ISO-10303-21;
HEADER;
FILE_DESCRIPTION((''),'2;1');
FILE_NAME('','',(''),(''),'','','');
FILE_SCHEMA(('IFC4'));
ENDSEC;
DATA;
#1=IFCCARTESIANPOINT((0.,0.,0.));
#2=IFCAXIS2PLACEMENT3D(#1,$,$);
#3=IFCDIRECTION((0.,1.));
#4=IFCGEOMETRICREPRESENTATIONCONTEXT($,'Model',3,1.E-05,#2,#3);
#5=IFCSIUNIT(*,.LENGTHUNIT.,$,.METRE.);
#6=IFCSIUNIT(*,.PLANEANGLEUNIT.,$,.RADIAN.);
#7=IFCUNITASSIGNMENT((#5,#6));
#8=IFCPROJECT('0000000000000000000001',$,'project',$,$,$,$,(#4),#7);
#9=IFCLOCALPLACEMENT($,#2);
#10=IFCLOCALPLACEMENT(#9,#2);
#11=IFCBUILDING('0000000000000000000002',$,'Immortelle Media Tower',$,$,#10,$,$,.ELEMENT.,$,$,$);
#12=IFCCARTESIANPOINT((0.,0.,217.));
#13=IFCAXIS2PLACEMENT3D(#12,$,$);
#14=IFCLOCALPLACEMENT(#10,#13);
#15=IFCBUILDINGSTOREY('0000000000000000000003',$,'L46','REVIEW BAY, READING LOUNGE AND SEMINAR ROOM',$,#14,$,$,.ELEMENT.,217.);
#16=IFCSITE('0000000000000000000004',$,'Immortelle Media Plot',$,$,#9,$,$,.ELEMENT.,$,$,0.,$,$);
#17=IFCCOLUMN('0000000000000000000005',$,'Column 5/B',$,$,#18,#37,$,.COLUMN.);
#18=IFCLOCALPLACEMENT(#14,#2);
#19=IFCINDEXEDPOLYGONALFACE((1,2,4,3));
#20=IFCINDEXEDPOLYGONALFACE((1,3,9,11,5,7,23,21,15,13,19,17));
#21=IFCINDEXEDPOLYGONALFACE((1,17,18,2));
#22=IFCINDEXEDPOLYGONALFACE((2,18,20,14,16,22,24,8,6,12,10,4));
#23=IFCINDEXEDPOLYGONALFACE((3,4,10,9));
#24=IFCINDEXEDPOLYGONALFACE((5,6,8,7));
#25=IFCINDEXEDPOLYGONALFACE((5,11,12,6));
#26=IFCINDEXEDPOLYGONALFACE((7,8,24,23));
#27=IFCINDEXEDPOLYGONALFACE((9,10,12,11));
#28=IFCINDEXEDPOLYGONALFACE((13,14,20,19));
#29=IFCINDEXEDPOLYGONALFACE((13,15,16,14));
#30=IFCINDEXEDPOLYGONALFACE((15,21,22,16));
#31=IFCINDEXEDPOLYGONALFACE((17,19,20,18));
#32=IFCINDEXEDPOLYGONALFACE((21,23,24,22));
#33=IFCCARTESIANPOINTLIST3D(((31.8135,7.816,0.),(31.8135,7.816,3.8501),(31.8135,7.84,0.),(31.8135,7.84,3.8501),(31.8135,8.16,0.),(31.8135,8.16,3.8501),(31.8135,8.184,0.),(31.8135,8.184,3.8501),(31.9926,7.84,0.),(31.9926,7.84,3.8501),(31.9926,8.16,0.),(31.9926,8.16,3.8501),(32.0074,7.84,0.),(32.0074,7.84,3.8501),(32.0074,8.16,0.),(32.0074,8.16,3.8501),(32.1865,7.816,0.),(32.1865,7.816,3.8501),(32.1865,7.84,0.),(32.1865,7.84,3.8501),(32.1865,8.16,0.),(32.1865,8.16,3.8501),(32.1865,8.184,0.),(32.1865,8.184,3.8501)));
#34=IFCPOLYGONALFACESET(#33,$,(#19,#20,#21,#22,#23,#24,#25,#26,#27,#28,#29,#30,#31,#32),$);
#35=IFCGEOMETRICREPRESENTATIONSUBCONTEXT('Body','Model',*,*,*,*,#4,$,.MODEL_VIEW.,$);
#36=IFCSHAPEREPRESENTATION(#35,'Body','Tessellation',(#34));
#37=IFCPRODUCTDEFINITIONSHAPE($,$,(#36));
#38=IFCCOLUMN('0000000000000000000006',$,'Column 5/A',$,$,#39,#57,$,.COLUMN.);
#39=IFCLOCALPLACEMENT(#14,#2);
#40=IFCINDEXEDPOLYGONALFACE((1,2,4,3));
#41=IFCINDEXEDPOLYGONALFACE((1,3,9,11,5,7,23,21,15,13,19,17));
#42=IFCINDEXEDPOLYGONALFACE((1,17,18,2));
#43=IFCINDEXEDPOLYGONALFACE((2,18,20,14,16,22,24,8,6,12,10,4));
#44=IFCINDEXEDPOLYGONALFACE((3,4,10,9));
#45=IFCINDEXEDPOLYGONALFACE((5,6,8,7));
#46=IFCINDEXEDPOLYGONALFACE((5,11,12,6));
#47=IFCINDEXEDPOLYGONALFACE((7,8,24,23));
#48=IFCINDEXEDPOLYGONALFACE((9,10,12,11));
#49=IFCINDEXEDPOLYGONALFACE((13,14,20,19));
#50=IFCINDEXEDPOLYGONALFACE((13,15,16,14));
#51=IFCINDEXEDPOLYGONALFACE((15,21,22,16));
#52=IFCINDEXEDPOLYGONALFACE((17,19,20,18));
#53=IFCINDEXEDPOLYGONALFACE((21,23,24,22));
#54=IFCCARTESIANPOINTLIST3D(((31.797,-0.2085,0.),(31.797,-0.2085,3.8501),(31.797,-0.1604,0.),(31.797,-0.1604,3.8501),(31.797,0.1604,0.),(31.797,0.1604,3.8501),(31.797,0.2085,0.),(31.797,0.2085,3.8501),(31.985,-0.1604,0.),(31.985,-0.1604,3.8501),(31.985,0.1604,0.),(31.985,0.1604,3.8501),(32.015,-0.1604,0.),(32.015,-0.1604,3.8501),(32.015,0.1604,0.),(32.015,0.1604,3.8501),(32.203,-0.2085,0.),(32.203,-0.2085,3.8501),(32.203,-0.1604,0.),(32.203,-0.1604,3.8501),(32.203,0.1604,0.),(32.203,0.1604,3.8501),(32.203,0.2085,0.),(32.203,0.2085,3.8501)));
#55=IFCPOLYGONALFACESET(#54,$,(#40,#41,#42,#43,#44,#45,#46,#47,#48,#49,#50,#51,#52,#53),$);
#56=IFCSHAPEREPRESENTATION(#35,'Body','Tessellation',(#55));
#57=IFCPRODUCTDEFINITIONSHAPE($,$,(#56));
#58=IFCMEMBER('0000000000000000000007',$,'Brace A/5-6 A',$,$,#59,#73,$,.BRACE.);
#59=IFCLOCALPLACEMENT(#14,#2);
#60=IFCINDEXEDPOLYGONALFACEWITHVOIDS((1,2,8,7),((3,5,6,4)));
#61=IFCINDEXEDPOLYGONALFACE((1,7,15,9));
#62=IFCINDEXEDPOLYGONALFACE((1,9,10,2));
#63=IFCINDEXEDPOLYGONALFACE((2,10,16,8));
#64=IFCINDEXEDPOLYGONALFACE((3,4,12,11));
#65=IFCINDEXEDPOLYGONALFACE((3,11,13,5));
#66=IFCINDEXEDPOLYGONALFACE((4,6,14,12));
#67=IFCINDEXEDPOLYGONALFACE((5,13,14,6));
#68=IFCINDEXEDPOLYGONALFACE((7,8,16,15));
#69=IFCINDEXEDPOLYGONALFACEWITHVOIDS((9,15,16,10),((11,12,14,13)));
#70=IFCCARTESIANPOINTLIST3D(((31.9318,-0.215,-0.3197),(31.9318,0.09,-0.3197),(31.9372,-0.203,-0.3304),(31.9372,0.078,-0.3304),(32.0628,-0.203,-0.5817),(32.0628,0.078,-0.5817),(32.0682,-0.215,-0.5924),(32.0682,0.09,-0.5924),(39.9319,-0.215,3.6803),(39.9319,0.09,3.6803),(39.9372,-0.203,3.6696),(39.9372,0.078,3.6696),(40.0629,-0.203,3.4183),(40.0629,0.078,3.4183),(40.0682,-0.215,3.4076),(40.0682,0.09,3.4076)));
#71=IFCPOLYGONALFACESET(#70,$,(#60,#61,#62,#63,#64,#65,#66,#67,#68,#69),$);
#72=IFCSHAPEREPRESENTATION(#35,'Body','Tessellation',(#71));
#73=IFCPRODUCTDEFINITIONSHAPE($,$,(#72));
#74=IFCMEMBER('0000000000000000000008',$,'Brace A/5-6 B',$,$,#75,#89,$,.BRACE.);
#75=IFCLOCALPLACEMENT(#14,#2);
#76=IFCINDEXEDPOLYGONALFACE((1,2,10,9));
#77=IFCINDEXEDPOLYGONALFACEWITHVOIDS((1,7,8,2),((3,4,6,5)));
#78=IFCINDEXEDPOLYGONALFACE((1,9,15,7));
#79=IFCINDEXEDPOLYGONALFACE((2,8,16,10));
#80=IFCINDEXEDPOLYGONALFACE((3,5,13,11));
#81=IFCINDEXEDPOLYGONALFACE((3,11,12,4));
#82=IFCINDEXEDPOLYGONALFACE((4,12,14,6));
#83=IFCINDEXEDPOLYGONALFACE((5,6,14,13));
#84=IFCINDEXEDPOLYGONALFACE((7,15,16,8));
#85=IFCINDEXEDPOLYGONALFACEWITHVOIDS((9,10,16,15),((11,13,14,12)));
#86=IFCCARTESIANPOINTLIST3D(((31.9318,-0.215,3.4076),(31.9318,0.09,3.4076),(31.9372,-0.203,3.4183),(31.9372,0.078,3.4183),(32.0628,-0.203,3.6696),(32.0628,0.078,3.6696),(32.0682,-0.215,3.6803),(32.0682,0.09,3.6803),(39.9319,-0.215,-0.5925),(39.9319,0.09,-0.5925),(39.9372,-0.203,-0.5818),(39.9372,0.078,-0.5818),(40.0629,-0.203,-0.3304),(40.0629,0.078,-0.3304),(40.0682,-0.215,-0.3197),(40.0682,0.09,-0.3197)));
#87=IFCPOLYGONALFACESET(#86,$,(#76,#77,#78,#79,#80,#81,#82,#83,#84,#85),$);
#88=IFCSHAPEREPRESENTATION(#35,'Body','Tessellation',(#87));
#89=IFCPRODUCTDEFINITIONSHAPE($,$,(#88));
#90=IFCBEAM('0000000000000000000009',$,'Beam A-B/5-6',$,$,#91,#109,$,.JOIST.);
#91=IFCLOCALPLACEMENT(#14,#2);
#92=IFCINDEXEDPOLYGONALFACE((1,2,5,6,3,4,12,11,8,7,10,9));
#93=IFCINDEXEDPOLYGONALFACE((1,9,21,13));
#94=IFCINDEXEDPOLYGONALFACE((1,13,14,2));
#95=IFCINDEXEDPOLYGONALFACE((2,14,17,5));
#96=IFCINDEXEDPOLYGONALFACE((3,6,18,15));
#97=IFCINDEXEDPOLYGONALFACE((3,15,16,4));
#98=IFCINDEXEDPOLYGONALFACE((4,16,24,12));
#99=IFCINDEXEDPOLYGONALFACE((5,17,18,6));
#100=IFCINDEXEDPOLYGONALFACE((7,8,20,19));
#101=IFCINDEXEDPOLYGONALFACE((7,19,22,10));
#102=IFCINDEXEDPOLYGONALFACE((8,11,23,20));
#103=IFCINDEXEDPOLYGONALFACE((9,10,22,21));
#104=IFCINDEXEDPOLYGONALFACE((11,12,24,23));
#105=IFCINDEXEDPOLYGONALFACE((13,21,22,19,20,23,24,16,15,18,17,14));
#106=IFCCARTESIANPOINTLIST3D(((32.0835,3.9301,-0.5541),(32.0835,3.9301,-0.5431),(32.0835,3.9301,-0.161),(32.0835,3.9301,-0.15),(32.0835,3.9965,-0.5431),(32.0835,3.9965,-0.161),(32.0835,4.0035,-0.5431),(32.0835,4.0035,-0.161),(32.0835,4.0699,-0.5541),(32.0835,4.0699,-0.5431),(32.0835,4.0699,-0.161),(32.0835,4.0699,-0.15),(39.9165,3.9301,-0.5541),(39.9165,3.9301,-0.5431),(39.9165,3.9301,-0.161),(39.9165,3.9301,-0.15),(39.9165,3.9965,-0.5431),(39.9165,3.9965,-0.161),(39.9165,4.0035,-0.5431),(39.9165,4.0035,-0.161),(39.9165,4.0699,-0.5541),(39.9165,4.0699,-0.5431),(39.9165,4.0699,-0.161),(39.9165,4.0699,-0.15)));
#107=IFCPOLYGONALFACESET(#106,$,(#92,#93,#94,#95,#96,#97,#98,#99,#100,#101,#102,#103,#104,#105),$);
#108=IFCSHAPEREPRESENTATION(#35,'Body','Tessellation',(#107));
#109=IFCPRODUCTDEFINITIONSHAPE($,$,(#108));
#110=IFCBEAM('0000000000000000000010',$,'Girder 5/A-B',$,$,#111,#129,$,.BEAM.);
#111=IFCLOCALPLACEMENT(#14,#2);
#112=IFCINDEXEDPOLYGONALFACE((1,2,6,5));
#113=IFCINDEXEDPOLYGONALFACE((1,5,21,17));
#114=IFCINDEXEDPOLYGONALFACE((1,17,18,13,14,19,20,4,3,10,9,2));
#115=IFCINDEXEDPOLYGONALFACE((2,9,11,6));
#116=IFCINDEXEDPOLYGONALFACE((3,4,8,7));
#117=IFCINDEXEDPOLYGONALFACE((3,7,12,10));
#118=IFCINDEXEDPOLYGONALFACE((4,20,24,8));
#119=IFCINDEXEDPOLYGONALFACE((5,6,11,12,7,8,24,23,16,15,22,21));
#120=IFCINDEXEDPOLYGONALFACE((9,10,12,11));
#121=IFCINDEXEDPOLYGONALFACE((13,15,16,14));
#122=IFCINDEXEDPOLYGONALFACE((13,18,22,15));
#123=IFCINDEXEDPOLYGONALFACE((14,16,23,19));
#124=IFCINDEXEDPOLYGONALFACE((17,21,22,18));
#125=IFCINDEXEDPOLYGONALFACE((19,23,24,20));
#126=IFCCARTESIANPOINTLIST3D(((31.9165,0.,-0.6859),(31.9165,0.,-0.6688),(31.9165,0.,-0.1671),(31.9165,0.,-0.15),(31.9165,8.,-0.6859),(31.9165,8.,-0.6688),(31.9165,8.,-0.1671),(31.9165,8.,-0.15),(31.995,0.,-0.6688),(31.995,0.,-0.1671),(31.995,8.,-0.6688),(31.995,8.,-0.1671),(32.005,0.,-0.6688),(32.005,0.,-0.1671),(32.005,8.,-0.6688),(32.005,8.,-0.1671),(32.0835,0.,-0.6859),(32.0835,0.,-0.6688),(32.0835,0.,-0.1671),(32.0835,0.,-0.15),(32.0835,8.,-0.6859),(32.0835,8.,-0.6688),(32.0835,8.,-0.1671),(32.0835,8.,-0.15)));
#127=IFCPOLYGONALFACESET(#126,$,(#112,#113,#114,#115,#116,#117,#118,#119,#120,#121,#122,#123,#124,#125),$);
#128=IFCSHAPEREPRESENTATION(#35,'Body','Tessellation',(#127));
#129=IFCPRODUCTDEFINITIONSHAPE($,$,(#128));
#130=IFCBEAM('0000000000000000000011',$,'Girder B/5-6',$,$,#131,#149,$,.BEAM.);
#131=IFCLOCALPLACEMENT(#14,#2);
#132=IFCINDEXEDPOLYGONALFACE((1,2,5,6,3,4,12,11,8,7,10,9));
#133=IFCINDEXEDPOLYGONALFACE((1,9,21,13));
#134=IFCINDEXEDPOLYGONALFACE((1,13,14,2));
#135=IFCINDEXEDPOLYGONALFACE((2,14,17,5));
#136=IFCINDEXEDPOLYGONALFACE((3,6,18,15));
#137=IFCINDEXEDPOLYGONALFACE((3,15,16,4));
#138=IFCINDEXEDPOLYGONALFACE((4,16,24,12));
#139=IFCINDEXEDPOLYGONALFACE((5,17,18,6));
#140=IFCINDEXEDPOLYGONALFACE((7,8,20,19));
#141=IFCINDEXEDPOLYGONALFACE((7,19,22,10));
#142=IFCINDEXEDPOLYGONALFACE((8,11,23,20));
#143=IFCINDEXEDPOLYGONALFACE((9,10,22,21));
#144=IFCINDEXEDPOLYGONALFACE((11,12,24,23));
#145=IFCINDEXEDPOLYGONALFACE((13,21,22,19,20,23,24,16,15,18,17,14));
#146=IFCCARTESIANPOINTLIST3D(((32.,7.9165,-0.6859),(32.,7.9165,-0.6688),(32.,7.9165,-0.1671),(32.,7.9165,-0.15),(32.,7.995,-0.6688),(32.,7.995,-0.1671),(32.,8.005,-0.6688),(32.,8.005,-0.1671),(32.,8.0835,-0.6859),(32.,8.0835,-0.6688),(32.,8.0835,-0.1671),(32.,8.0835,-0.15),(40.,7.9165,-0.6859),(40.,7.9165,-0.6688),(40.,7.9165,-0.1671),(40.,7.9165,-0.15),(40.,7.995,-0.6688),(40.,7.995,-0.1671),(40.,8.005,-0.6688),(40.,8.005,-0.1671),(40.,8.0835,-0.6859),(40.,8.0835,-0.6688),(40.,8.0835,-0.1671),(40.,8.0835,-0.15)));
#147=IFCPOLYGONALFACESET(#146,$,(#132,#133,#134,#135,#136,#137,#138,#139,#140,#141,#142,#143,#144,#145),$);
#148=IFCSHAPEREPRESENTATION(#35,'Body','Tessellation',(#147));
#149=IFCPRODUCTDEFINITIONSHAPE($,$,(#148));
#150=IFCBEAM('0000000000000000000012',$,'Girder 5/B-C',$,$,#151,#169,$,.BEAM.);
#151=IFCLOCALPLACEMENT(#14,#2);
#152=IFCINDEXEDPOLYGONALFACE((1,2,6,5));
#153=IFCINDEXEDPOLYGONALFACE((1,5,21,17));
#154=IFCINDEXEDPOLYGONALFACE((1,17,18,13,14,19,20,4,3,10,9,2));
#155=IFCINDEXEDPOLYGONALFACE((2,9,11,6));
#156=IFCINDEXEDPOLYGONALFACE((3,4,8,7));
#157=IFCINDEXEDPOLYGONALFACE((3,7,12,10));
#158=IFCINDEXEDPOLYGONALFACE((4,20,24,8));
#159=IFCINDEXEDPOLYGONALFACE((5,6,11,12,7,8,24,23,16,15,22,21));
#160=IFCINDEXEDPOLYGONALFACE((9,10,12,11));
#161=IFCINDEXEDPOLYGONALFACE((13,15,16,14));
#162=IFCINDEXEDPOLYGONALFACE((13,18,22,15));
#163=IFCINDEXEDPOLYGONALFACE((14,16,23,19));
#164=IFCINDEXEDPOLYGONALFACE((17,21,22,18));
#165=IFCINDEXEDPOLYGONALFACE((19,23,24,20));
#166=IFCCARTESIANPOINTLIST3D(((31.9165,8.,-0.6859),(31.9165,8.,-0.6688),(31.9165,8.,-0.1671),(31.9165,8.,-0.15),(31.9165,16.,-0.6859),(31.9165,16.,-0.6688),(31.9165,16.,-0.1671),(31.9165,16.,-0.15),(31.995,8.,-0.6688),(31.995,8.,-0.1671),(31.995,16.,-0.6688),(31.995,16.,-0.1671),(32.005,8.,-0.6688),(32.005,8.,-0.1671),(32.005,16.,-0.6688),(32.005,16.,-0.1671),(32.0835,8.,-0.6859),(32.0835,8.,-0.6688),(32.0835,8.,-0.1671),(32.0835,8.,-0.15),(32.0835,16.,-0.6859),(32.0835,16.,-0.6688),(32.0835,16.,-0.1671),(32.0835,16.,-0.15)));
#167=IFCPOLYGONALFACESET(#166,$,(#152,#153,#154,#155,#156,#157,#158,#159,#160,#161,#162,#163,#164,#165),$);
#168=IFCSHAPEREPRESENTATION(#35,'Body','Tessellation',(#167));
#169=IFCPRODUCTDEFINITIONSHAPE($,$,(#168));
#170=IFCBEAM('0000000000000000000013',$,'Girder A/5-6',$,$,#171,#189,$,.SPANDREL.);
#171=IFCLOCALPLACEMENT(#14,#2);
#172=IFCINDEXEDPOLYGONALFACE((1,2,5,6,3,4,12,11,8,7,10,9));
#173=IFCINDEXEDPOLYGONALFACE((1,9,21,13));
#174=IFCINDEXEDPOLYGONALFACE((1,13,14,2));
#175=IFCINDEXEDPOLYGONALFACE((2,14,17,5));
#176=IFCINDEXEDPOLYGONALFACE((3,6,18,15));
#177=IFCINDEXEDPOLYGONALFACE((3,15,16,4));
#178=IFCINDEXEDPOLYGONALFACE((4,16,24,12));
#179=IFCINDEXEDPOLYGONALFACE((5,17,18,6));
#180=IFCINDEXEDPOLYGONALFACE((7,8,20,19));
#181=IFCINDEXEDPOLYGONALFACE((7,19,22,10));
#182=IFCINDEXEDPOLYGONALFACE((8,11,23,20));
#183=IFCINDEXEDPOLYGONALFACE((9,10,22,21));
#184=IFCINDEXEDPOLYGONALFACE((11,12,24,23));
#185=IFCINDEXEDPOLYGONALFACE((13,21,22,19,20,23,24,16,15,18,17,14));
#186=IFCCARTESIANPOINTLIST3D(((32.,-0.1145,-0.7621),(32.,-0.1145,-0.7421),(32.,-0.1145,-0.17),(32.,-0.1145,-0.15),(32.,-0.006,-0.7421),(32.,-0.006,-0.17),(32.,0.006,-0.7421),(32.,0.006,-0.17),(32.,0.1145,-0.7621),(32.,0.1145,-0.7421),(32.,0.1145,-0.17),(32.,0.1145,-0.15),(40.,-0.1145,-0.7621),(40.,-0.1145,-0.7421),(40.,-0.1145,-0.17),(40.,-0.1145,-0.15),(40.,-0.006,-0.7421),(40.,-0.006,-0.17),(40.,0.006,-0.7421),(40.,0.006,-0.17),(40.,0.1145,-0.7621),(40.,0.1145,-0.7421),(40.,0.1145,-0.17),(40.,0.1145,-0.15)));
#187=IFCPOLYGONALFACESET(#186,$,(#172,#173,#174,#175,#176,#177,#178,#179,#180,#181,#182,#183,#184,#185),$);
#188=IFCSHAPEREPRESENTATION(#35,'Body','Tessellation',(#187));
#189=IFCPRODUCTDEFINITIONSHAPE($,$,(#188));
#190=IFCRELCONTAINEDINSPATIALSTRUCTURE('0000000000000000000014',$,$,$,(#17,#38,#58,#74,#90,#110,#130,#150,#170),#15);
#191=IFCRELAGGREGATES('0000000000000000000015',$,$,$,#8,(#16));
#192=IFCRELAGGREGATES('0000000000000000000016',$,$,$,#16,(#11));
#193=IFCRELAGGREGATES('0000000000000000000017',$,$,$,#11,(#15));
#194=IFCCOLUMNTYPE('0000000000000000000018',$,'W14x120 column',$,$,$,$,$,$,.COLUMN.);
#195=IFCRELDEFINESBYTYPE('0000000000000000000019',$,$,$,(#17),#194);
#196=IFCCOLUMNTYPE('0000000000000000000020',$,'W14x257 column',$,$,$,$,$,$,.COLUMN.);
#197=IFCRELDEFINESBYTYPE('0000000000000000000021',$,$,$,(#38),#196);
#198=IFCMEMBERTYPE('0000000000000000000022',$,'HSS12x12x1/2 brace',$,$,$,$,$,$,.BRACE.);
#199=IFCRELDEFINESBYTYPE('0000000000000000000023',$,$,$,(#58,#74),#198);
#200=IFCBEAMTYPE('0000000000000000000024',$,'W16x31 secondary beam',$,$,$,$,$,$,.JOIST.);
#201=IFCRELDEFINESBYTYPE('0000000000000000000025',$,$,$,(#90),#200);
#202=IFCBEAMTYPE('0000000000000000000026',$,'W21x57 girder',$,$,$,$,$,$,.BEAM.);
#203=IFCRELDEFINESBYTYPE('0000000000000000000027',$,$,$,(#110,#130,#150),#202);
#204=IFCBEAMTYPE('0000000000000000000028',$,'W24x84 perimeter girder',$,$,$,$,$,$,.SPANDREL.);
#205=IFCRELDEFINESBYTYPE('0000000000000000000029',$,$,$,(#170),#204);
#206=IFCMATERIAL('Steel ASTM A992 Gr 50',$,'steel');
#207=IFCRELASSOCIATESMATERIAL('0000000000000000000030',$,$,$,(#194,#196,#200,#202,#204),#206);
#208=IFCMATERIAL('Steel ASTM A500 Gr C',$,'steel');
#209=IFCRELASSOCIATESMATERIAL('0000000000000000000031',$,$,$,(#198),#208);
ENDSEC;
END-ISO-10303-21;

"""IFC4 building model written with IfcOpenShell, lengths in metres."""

from ifc_helpers import new_model, si_unit, direction, frame, origin, origin_2d, place, context, subcontext, project, spatial, hollow_rectangle, i_section, extrude, material, material_profile, profile_set, type_object, element, save


model = new_model("IFC4")

# Units and contexts
model_context = context("Model", 3, precision=1e-05, world=origin(), true_north=direction((0.0, 1.0)))
body_context = subcontext(model_context, "Body", "Model", "MODEL_VIEW")
ifc_project = project(units=[si_unit("LENGTHUNIT", "METRE"), si_unit("PLANEANGLEUNIT", "RADIAN")], contexts=[model_context])

# Site, building, storey
site_placement = place(None, origin())
site = spatial("IfcSite", under=ifc_project, at=site_placement, Name="Immortelle Media Plot", CompositionType="ELEMENT", RefElevation=0.0)
building_placement = place(site_placement, origin())
building = spatial("IfcBuilding", under=site, at=building_placement, Name="Immortelle Media Tower", CompositionType="ELEMENT")
storey_placement = place(building_placement, frame((0.0, 0.0, 217.0)))
storey = spatial("IfcBuildingStorey", under=building, at=storey_placement, Name="L46", Description="REVIEW BAY, READING LOUNGE AND SEMINAR ROOM", CompositionType="ELEMENT", Elevation=217.0)

# Columns
ifc_material_1 = material(Name="Steel ASTM A992 Gr 50", Category="steel")
ifc_material_profile_1 = material_profile(ifc_material_1, i_section(OverallWidth=0.373, OverallDepth=0.3679, WebThickness=0.0149, FlangeThickness=0.0239, at=origin_2d()), Name="W14x120")
ifc_profile_set_1 = profile_set([ifc_material_profile_1], Name="Steel ASTM A992 Gr 50")
column_type_1 = type_object("IfcColumnType", Name="W14x120 column", PredefinedType="COLUMN", material=ifc_profile_set_1)
column_1_placement = place(storey_placement, frame((32.0, 8.0, 0.0), z_axis=(0.0, 0.0, 1.0), x_axis=(1.0, 0.0, 0.0)))
element("IfcColumn", 1, at=column_1_placement, inside=storey, type_object=column_type_1, Name="Column 5/B", PredefinedType="COLUMN", context=body_context, shape_type="SweptSolid", body=[
    extrude(i_section(OverallWidth=0.373, OverallDepth=0.3679, WebThickness=0.0149, FlangeThickness=0.0239, at=origin_2d()), origin(), (0.0, 0.0, 1.0), 3.8501),
])
ifc_material_profile_2 = material_profile(ifc_material_1, i_section(OverallWidth=0.406, OverallDepth=0.417, WebThickness=0.03, FlangeThickness=0.0481, at=origin_2d()), Name="W14x257")
ifc_profile_set_2 = profile_set([ifc_material_profile_2], Name="Steel ASTM A992 Gr 50")
column_type_2 = type_object("IfcColumnType", Name="W14x257 column", PredefinedType="COLUMN", material=ifc_profile_set_2)
column_2_placement = place(storey_placement, frame((32.0, 0.0, 0.0), z_axis=(0.0, 0.0, 1.0), x_axis=(1.0, 0.0, 0.0)))
element("IfcColumn", 2, at=column_2_placement, inside=storey, type_object=column_type_2, Name="Column 5/A", PredefinedType="COLUMN", context=body_context, shape_type="SweptSolid", body=[
    extrude(i_section(OverallWidth=0.406, OverallDepth=0.417, WebThickness=0.03, FlangeThickness=0.0481, at=origin_2d()), origin(), (0.0, 0.0, 1.0), 3.8501),
])

# Members
ifc_material_2 = material(Name="Steel ASTM A500 Gr C", Category="steel")
ifc_material_profile_3 = material_profile(ifc_material_2, hollow_rectangle(XDim=0.3049, YDim=0.3049, WallThickness=0.012, at=origin_2d()), Name="HSS12x12x1/2 brace")
ifc_profile_set_3 = profile_set([ifc_material_profile_3], Name="Steel ASTM A500 Gr C")
member_type = type_object("IfcMemberType", Name="HSS12x12x1/2 brace", PredefinedType="BRACE", material=ifc_profile_set_3)
for number, where, z_axis, x_axis, name in (
    (3, (32.0, -0.0625, -0.4561), (0.894427, 0.0, 0.447214), (0.0, 1.0, 0.0), "Brace A/5-6 A"),
    (4, (32.0, -0.0625, 3.5439), (0.894427, 0.0, -0.447214), (0.0, 1.0, 0.0), "Brace A/5-6 B"),
):
    element("IfcMember", number, at=place(storey_placement, frame(where, z_axis=z_axis, x_axis=x_axis)), inside=storey, type_object=member_type, Name=name, PredefinedType="BRACE", context=body_context, shape_type="SweptSolid", body=[
        extrude(hollow_rectangle(XDim=0.3049, YDim=0.3049, WallThickness=0.012, at=origin_2d()), origin(), (0.0, 0.0, 1.0), 8.9443),
    ])

# Beams
ifc_material_profile_4 = material_profile(ifc_material_1, i_section(OverallWidth=0.1399, OverallDepth=0.4041, WebThickness=0.0071, FlangeThickness=0.011, at=origin_2d()), Name="W16x31")
ifc_profile_set_4 = profile_set([ifc_material_profile_4], Name="Steel ASTM A992 Gr 50")
beam_type_1 = type_object("IfcBeamType", Name="W16x31 secondary beam", PredefinedType="JOIST", material=ifc_profile_set_4)
beam_1_placement = place(storey_placement, frame((32.0835, 4.0, -0.3521), z_axis=(1.0, 0.0, 0.0), x_axis=(0.0, 1.0, 0.0)))
element("IfcBeam", 5, at=beam_1_placement, inside=storey, type_object=beam_type_1, Name="Beam A-B/5-6", PredefinedType="JOIST", context=body_context, shape_type="SweptSolid", body=[
    extrude(i_section(OverallWidth=0.1399, OverallDepth=0.4041, WebThickness=0.0071, FlangeThickness=0.011, at=origin_2d()), origin(), (0.0, 0.0, 1.0), 7.833),
])
ifc_material_profile_5 = material_profile(ifc_material_1, i_section(OverallWidth=0.167, OverallDepth=0.5359, WebThickness=0.01, FlangeThickness=0.0171, at=origin_2d()), Name="W21x57")
ifc_profile_set_5 = profile_set([ifc_material_profile_5], Name="Steel ASTM A992 Gr 50")
beam_type_2 = type_object("IfcBeamType", Name="W21x57 girder", PredefinedType="BEAM", material=ifc_profile_set_5)
for number, where, z_axis, x_axis, name in (
    (6, (32.0, 0.0, -0.418), (0.0, 1.0, 0.0), (-1.0, 0.0, 0.0), "Girder 5/A-B"),
    (7, (32.0, 8.0, -0.418), (1.0, 0.0, 0.0), (0.0, 1.0, 0.0), "Girder B/5-6"),
    (8, (32.0, 8.0, -0.418), (0.0, 1.0, 0.0), (-1.0, 0.0, 0.0), "Girder 5/B-C"),
):
    element("IfcBeam", number, at=place(storey_placement, frame(where, z_axis=z_axis, x_axis=x_axis)), inside=storey, type_object=beam_type_2, Name=name, PredefinedType="BEAM", context=body_context, shape_type="SweptSolid", body=[
        extrude(i_section(OverallWidth=0.167, OverallDepth=0.5359, WebThickness=0.01, FlangeThickness=0.0171, at=origin_2d()), origin(), (0.0, 0.0, 1.0), 8.0),
    ])
ifc_material_profile_6 = material_profile(ifc_material_1, i_section(OverallWidth=0.229, OverallDepth=0.6121, WebThickness=0.012, FlangeThickness=0.02, at=origin_2d()), Name="W24x84")
ifc_profile_set_6 = profile_set([ifc_material_profile_6], Name="Steel ASTM A992 Gr 50")
beam_type_3 = type_object("IfcBeamType", Name="W24x84 perimeter girder", PredefinedType="SPANDREL", material=ifc_profile_set_6)
beam_2_placement = place(storey_placement, frame((32.0, 0.0, -0.4561), z_axis=(1.0, 0.0, 0.0), x_axis=(0.0, 1.0, 0.0)))
element("IfcBeam", 9, at=beam_2_placement, inside=storey, type_object=beam_type_3, Name="Girder A/5-6", PredefinedType="SPANDREL", context=body_context, shape_type="SweptSolid", body=[
    extrude(i_section(OverallWidth=0.229, OverallDepth=0.6121, WebThickness=0.012, FlangeThickness=0.02, at=origin_2d()), origin(), (0.0, 0.0, 1.0), 8.0),
])

save(model, "model.ifc")
